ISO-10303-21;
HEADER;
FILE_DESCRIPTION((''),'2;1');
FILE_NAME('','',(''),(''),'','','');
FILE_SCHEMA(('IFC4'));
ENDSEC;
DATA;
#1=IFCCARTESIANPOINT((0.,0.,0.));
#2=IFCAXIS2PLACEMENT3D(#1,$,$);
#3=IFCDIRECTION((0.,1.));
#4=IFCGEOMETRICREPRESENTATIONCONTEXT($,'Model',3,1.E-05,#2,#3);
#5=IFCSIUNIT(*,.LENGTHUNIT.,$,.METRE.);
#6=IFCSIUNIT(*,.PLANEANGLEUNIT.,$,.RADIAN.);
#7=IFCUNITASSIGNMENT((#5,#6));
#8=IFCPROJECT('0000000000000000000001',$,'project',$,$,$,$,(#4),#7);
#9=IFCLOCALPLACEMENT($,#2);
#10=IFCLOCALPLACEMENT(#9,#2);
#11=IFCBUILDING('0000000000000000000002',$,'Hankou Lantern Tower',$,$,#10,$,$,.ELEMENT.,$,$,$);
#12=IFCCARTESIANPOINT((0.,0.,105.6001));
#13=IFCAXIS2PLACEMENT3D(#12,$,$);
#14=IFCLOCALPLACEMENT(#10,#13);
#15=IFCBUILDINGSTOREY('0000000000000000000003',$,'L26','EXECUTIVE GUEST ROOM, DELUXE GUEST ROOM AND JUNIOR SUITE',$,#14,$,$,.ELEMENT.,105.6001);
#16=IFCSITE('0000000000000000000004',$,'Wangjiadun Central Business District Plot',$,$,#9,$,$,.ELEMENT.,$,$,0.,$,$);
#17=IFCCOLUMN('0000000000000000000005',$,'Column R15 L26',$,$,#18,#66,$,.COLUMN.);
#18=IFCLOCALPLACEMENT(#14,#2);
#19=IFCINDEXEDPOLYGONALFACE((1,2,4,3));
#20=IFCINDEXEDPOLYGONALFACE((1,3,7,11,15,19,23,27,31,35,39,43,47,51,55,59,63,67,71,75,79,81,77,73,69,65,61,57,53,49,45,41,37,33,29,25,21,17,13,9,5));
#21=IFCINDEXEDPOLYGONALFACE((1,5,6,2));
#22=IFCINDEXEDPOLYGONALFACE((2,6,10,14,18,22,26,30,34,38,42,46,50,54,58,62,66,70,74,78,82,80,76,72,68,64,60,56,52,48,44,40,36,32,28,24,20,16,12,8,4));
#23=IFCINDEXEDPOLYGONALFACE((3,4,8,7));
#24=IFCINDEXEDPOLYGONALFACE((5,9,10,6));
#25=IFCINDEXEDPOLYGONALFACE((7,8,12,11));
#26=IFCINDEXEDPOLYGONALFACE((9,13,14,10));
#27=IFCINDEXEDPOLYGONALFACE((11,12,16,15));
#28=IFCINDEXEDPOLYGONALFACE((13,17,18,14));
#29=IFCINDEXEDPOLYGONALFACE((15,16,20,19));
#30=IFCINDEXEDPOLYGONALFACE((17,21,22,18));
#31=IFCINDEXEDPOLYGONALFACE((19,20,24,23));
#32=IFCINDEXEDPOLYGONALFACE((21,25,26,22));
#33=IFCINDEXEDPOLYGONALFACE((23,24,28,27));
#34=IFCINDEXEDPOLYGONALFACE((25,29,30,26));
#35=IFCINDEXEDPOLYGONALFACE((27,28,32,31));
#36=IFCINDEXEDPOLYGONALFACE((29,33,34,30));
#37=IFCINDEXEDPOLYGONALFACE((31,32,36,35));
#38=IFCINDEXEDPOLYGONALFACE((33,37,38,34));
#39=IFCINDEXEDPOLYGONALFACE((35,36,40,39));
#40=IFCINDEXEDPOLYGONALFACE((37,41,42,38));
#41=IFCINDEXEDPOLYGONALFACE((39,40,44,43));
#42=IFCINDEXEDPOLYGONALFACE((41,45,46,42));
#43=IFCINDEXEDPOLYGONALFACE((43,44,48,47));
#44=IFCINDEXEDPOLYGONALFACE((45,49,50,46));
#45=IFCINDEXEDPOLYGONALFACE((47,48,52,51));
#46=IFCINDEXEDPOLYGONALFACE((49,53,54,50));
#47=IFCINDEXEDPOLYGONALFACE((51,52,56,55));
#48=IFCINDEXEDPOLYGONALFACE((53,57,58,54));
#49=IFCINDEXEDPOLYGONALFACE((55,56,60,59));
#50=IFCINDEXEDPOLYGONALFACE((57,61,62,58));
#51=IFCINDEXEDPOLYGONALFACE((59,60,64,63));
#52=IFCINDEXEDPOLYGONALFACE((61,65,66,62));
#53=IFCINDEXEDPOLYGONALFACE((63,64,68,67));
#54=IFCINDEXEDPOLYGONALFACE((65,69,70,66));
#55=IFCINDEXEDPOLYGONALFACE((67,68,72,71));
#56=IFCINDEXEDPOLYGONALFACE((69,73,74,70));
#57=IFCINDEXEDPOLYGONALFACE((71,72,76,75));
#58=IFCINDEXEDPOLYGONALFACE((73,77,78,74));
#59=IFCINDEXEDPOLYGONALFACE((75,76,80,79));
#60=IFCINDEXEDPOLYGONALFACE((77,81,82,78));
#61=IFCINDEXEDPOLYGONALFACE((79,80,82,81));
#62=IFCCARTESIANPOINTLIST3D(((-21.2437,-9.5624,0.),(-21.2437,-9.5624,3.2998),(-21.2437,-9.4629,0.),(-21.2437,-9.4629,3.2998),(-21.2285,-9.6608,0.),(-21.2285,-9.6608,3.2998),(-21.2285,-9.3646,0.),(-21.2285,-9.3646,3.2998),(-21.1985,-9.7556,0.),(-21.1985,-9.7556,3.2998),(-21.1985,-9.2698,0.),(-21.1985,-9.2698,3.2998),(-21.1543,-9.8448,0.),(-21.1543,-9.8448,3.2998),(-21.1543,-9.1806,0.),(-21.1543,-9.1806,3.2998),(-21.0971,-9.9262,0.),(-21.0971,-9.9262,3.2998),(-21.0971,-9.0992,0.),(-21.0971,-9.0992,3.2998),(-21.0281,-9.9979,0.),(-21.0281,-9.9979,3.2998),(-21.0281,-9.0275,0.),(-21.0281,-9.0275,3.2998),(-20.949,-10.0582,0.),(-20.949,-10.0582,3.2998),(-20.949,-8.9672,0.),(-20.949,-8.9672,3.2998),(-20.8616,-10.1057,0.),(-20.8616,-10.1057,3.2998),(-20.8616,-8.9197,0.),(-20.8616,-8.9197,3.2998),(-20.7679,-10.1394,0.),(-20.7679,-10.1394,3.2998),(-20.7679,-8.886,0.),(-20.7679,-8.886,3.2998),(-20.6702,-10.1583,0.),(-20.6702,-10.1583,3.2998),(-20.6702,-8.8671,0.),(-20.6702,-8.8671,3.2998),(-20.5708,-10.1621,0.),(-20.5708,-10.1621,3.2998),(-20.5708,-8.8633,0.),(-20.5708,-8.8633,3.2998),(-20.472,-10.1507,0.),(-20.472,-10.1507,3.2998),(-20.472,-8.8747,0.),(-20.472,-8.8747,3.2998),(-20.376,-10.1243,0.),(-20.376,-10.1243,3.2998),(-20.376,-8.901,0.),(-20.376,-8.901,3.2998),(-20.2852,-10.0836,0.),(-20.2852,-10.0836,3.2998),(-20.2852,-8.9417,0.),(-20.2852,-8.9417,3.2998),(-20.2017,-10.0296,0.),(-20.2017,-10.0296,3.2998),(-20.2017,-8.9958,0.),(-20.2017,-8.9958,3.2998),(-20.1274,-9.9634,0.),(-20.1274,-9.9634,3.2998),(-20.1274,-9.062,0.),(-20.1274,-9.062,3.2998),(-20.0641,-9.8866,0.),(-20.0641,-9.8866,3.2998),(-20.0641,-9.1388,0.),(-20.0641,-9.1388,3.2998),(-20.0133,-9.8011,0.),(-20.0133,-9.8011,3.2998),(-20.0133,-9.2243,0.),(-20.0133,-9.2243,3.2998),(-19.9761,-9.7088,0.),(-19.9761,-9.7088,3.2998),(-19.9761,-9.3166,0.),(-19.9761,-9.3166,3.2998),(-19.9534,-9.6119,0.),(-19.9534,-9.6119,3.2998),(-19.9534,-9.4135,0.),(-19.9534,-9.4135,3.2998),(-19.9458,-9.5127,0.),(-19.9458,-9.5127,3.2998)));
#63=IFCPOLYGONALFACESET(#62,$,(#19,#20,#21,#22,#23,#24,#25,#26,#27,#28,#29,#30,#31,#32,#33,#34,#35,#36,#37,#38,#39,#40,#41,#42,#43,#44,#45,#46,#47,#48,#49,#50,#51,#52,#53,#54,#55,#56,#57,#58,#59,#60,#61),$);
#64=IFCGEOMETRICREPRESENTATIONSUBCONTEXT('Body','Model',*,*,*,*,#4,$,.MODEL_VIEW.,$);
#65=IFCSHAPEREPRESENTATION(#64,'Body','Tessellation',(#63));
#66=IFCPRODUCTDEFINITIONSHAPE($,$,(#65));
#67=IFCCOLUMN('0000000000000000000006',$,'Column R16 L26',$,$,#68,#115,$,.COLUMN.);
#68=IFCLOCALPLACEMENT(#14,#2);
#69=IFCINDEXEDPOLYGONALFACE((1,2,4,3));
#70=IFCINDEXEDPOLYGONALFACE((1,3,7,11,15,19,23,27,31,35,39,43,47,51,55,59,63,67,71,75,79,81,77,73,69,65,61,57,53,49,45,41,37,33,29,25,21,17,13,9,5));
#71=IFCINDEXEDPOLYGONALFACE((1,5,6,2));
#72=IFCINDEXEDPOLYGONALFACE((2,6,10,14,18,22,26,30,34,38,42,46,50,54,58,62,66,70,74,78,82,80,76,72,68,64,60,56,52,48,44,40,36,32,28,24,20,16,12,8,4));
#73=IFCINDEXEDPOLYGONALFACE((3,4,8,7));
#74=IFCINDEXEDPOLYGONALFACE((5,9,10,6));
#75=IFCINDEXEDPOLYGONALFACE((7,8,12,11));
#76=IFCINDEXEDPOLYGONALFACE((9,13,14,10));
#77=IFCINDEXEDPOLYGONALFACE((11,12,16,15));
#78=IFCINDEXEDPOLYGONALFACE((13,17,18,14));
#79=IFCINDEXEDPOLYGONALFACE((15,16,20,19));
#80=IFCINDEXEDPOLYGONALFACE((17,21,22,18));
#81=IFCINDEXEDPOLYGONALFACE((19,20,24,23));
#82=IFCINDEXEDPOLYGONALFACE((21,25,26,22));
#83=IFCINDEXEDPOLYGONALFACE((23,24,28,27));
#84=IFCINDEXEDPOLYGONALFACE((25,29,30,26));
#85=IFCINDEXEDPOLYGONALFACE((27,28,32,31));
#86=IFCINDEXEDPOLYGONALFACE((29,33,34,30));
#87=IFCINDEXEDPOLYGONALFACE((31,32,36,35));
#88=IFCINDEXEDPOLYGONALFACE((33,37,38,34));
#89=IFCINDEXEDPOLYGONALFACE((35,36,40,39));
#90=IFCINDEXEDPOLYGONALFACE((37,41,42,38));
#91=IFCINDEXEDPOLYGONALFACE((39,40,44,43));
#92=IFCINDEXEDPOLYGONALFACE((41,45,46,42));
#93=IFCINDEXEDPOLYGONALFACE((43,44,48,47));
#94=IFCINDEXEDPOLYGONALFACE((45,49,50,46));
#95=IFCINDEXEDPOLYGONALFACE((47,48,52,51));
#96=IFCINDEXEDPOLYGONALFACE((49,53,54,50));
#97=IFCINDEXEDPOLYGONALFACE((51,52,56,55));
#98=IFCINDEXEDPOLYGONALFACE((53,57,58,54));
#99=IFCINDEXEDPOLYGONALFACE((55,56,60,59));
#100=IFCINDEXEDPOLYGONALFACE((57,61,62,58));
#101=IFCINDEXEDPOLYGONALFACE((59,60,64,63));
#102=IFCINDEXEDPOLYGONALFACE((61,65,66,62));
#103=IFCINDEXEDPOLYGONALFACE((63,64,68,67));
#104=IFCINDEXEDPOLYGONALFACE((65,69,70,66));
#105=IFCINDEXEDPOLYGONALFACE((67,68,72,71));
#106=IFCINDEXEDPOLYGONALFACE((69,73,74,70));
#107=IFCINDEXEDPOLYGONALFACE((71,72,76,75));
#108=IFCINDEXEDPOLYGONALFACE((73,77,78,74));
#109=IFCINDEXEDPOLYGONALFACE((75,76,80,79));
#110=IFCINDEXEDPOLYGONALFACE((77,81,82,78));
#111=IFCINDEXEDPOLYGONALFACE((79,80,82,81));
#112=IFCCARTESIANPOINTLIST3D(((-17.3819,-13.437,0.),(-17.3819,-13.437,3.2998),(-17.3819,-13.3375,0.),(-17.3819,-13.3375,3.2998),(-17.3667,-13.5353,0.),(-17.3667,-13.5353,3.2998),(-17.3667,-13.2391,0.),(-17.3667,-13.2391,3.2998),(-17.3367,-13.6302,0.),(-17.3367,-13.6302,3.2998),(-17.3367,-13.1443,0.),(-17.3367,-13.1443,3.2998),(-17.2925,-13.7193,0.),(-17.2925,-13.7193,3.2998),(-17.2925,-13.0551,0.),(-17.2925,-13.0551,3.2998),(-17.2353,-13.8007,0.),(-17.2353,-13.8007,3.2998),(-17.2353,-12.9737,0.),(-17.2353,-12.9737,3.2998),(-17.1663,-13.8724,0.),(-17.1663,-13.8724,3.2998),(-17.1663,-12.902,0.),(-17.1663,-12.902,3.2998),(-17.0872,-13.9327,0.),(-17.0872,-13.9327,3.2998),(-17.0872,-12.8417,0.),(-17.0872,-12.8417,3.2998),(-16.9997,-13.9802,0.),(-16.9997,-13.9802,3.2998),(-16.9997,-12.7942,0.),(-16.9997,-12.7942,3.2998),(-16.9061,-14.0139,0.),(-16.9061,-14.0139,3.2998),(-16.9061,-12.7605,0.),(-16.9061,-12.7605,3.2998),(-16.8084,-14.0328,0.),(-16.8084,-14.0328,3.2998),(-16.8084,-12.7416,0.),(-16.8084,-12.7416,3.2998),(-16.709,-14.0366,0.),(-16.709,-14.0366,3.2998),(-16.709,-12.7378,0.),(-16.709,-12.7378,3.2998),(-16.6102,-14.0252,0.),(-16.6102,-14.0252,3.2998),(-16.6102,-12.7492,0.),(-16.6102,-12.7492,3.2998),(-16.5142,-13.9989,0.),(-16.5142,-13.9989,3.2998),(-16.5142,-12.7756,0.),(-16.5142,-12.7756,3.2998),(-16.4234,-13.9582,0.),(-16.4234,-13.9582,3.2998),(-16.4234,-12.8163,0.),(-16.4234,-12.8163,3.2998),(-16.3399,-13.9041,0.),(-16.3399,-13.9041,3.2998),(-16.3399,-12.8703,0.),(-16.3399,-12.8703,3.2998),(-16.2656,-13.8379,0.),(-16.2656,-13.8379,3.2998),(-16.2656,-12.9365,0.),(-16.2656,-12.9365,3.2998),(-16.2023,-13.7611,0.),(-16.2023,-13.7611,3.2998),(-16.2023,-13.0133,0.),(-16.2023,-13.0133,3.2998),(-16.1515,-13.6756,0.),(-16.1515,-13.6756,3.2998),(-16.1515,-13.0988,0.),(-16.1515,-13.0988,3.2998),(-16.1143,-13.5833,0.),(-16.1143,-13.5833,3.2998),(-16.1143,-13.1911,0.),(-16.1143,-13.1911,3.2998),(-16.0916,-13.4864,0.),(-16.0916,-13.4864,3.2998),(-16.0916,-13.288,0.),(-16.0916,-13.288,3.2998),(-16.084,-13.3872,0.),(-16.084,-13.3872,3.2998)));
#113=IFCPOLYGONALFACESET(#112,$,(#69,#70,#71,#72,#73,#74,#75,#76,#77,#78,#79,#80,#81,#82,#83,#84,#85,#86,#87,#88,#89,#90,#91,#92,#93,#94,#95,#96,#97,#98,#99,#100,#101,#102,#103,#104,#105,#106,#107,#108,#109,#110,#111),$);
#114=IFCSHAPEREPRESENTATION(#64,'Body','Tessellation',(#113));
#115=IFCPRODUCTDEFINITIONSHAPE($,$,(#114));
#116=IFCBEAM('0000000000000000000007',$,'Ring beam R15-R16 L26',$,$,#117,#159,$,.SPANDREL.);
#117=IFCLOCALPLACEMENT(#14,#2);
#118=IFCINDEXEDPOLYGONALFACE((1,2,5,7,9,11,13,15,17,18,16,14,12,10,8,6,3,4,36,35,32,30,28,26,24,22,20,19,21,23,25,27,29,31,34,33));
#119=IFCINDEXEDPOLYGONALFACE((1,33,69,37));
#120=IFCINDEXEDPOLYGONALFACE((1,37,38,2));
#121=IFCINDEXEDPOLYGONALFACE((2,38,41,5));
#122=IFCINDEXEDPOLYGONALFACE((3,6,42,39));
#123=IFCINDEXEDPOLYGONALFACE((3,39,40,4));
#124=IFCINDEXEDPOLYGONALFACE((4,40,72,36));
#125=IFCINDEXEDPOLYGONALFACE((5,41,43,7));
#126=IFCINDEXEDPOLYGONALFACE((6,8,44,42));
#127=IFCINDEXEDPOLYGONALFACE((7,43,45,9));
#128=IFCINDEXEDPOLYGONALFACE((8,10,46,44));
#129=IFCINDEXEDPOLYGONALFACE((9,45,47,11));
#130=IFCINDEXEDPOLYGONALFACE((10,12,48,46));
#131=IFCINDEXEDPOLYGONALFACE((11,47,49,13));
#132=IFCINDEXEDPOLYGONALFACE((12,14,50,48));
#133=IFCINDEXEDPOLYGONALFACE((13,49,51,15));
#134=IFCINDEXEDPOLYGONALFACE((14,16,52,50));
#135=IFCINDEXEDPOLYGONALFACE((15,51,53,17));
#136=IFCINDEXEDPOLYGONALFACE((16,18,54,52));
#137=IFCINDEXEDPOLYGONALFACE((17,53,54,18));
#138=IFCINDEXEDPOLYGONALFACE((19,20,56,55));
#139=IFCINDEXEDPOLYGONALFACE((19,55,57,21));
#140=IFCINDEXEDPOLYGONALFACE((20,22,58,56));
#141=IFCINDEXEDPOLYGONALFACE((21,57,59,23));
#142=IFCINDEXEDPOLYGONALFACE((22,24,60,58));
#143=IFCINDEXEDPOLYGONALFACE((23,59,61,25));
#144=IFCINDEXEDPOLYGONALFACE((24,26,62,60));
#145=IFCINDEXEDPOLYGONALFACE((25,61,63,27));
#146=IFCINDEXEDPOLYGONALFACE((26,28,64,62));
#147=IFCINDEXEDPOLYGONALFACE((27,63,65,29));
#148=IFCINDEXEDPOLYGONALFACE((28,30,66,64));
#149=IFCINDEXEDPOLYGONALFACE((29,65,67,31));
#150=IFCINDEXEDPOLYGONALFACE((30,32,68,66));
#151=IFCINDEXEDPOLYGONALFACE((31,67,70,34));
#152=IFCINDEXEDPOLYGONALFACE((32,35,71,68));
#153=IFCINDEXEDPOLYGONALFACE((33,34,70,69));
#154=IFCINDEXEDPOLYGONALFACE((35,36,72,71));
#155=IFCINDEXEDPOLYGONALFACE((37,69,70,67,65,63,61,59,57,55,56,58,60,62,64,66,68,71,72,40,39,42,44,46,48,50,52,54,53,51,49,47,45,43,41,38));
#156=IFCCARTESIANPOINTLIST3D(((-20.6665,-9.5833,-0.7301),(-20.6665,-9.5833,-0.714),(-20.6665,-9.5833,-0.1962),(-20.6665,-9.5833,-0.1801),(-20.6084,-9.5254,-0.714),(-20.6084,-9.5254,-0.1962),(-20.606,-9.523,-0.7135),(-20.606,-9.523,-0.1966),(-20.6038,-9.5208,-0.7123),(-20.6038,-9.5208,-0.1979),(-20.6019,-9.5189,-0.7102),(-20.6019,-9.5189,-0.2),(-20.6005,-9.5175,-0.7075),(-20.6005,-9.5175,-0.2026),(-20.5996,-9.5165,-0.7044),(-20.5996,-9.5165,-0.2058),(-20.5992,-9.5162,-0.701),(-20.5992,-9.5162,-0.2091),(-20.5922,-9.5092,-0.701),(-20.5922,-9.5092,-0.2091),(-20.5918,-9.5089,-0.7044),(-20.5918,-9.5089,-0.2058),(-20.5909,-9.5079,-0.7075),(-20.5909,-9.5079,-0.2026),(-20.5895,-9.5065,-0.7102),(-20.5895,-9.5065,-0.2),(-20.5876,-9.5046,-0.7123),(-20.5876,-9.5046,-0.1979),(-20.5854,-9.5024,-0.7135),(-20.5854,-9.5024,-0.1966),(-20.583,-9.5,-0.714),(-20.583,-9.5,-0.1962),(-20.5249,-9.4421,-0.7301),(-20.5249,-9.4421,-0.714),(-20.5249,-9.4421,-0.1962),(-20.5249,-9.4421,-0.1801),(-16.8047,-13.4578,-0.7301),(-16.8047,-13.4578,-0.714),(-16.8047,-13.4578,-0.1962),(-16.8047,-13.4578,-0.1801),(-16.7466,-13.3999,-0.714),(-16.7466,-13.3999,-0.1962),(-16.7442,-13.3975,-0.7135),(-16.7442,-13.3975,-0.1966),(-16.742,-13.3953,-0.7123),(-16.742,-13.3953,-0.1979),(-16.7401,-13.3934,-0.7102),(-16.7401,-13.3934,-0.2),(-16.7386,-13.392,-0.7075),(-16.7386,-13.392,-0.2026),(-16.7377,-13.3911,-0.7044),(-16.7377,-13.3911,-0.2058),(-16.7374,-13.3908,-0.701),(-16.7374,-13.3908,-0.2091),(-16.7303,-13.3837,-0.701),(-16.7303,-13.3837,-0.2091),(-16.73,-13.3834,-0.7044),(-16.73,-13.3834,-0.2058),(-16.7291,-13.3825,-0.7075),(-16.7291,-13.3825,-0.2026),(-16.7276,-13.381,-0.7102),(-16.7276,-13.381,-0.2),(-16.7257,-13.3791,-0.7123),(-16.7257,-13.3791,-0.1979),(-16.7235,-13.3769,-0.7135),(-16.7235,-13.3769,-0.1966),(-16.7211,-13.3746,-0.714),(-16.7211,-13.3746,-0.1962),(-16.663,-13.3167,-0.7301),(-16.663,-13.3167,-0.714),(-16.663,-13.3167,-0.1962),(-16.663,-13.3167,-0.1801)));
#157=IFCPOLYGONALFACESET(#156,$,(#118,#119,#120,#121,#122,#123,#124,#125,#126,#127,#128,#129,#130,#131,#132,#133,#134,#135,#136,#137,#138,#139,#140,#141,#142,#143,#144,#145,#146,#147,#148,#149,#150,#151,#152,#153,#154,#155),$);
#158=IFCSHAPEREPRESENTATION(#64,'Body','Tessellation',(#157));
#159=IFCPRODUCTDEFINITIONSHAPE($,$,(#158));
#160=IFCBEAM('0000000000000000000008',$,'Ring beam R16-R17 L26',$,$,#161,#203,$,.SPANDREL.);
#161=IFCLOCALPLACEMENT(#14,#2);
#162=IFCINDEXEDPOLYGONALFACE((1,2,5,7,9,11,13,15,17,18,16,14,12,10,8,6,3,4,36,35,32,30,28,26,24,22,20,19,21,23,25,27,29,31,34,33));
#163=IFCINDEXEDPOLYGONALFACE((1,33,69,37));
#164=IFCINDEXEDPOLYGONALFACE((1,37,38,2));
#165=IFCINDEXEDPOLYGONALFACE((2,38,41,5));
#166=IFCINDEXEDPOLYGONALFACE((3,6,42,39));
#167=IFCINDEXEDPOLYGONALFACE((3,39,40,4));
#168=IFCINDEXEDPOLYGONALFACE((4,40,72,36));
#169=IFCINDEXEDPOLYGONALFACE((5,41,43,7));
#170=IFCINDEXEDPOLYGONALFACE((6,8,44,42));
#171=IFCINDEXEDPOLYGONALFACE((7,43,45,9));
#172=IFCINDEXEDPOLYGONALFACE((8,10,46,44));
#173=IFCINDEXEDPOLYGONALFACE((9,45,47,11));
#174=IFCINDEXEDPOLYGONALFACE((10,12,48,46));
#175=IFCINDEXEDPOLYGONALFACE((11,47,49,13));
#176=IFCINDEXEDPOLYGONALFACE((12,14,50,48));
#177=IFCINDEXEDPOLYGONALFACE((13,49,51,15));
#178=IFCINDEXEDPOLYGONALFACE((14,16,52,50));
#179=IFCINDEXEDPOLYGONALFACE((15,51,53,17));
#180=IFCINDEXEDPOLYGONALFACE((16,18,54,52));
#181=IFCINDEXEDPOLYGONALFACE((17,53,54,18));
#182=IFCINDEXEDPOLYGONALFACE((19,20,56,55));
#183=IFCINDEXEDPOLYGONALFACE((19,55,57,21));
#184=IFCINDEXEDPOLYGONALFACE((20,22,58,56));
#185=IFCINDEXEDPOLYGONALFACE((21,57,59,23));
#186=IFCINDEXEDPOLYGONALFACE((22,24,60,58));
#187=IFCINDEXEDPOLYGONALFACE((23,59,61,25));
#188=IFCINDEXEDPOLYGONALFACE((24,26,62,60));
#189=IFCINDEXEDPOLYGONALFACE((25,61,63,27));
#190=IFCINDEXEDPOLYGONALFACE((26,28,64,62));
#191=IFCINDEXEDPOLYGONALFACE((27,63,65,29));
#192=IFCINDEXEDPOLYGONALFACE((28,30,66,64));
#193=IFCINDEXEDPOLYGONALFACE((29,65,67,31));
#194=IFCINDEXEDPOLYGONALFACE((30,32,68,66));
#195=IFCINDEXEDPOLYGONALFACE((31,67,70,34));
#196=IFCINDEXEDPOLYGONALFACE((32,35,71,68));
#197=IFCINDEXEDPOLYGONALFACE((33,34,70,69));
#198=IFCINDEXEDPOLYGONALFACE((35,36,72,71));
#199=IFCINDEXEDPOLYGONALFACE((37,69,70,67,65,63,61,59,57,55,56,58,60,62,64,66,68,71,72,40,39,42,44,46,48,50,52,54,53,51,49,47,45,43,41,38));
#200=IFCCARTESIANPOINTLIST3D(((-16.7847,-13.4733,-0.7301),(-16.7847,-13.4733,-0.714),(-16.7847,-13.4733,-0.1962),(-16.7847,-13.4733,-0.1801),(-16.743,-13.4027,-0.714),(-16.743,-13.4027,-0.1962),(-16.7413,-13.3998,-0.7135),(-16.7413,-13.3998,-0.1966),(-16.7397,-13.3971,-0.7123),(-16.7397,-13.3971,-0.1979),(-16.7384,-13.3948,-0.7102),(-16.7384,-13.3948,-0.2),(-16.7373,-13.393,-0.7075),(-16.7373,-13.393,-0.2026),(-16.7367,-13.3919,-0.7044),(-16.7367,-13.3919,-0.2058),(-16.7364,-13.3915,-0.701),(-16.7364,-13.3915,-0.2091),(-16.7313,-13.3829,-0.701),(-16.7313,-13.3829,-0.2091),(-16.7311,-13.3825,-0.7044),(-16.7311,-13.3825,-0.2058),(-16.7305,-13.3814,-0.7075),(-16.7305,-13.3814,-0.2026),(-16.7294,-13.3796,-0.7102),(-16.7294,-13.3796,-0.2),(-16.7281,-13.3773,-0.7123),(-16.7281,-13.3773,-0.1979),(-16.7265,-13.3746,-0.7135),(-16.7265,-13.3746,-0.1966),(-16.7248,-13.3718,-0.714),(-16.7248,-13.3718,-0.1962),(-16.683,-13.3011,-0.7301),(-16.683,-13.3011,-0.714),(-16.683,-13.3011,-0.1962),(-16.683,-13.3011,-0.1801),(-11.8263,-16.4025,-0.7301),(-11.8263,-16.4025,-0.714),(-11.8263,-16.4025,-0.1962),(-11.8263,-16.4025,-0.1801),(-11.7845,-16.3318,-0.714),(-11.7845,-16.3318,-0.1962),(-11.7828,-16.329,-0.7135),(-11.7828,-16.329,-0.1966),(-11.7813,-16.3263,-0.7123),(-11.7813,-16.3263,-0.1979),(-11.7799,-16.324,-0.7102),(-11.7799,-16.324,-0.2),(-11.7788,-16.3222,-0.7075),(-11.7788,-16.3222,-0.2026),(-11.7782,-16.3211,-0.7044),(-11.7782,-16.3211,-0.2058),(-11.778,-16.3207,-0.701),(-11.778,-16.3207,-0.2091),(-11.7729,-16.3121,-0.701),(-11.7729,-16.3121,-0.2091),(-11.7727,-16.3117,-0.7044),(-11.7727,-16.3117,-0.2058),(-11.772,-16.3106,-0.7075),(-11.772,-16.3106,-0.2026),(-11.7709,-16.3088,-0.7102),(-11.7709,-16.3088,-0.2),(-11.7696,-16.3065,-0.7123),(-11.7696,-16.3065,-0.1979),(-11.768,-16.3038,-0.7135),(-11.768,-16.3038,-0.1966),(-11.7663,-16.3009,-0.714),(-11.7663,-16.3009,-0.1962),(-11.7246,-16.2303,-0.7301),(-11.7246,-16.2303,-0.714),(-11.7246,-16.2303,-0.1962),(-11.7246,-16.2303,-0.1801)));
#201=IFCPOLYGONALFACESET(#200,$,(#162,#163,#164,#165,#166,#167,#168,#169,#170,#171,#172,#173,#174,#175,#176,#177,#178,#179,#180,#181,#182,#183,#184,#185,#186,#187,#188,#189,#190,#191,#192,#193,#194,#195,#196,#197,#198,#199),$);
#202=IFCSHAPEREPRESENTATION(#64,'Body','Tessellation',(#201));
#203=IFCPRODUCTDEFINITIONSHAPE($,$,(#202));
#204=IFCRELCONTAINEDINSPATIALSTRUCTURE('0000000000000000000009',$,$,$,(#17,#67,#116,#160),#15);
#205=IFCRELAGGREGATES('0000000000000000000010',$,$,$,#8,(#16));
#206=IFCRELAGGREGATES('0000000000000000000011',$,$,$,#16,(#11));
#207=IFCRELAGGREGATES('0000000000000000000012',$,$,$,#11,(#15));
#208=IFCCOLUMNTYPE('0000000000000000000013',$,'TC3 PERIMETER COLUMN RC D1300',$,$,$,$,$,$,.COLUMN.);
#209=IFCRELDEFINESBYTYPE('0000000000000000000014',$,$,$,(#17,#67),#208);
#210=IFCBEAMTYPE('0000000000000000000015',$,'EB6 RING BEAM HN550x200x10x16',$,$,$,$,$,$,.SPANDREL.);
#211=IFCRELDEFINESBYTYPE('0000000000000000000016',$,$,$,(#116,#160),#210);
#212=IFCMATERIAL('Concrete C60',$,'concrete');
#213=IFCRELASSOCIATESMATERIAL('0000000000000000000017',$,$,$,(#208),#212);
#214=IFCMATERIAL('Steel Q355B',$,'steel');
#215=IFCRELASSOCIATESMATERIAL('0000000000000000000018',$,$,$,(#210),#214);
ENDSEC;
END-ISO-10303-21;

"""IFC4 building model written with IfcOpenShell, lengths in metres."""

from ifc_helpers import new_model, si_unit, direction, frame, origin, origin_2d, place, context, subcontext, project, spatial, circle, i_section, extrude, material, material_profile, profile_set, type_object, element, save


model = new_model("IFC4")

# Units and contexts
model_context = context("Model", 3, precision=1e-05, world=origin(), true_north=direction((0.0, 1.0)))
body_context = subcontext(model_context, "Body", "Model", "MODEL_VIEW")
ifc_project = project(units=[si_unit("LENGTHUNIT", "METRE"), si_unit("PLANEANGLEUNIT", "RADIAN")], contexts=[model_context])

# Site, building, storey
site_placement = place(None, origin())
site = spatial("IfcSite", under=ifc_project, at=site_placement, Name="Wangjiadun Central Business District Plot", CompositionType="ELEMENT", RefElevation=0.0)
building_placement = place(site_placement, origin())
building = spatial("IfcBuilding", under=site, at=building_placement, Name="Hankou Lantern Tower", CompositionType="ELEMENT")
storey_placement = place(building_placement, frame((0.0, 0.0, 105.6001)))
storey = spatial("IfcBuildingStorey", under=building, at=storey_placement, Name="L26", Description="EXECUTIVE GUEST ROOM, DELUXE GUEST ROOM AND JUNIOR SUITE", CompositionType="ELEMENT", Elevation=105.6001)

# Columns
ifc_material_1 = material(Name="Concrete C60", Category="concrete")
ifc_material_profile_1 = material_profile(ifc_material_1, circle(Radius=0.6499, at=origin_2d()), Name="RC D1300")
ifc_profile_set_1 = profile_set([ifc_material_profile_1], Name="Concrete C60")
column_type = type_object("IfcColumnType", Name="TC3 PERIMETER COLUMN RC D1300", PredefinedType="COLUMN", material=ifc_profile_set_1)
for number, where, z_axis, x_axis, name in (
    (1, (-20.5957, -9.5127, 0.0), (0.0, 0.0, 1.0), (1.0, 0.0, 0.0), "Column R15 L26"),
    (2, (-16.7339, -13.3872, 0.0), (0.0, 0.0, 1.0), (1.0, 0.0, 0.0), "Column R16 L26"),
):
    element("IfcColumn", number, at=place(storey_placement, frame(where, z_axis=z_axis, x_axis=x_axis)), inside=storey, type_object=column_type, Name=name, PredefinedType="COLUMN", context=body_context, shape_type="SweptSolid", body=[
        extrude(circle(Radius=0.6499, at=origin_2d()), origin(), (0.0, 0.0, 1.0), 3.2998),
    ])

# Beams
ifc_material_2 = material(Name="Steel Q355B", Category="steel")
ifc_material_profile_2 = material_profile(ifc_material_2, i_section(OverallWidth=0.2, OverallDepth=0.55, WebThickness=0.01, FlangeThickness=0.0161, FilletRadius=0.0129, at=origin_2d()), Name="HN550x200x10x16")
ifc_profile_set_2 = profile_set([ifc_material_profile_2], Name="Steel Q355B")
beam_type_1 = type_object("IfcBeamType", Name="EB6 RING BEAM HN550x200x10x16", PredefinedType="SPANDREL", material=ifc_profile_set_2)
beam_1_placement = place(storey_placement, frame((-20.5957, -9.5127, -0.4551), z_axis=(0.705945, -0.708266, 0.0), x_axis=(0.708266, 0.705945, 0.0)))
element("IfcBeam", 3, at=beam_1_placement, inside=storey, type_object=beam_type_1, Name="Ring beam R15-R16 L26", PredefinedType="SPANDREL", context=body_context, shape_type="SweptSolid", body=[
    extrude(i_section(OverallWidth=0.2, OverallDepth=0.55, WebThickness=0.01, FlangeThickness=0.0161, FilletRadius=0.0129, at=origin_2d()), origin(), (0.0, 0.0, 1.0), 5.4705),
])
beam_2_placement = place(storey_placement, frame((-16.7339, -13.3872, -0.4551), z_axis=(0.860989, -0.508624, 0.0), x_axis=(0.508624, 0.860989, 0.0)))
element("IfcBeam", 4, at=beam_2_placement, inside=storey, type_object=beam_type_1, Name="Ring beam R16-R17 L26", PredefinedType="SPANDREL", context=body_context, shape_type="SweptSolid", body=[
    extrude(i_section(OverallWidth=0.2, OverallDepth=0.55, WebThickness=0.01, FlangeThickness=0.0161, FilletRadius=0.0129, at=origin_2d()), origin(), (0.0, 0.0, 1.0), 5.759),
])

save(model, "model.ifc")
